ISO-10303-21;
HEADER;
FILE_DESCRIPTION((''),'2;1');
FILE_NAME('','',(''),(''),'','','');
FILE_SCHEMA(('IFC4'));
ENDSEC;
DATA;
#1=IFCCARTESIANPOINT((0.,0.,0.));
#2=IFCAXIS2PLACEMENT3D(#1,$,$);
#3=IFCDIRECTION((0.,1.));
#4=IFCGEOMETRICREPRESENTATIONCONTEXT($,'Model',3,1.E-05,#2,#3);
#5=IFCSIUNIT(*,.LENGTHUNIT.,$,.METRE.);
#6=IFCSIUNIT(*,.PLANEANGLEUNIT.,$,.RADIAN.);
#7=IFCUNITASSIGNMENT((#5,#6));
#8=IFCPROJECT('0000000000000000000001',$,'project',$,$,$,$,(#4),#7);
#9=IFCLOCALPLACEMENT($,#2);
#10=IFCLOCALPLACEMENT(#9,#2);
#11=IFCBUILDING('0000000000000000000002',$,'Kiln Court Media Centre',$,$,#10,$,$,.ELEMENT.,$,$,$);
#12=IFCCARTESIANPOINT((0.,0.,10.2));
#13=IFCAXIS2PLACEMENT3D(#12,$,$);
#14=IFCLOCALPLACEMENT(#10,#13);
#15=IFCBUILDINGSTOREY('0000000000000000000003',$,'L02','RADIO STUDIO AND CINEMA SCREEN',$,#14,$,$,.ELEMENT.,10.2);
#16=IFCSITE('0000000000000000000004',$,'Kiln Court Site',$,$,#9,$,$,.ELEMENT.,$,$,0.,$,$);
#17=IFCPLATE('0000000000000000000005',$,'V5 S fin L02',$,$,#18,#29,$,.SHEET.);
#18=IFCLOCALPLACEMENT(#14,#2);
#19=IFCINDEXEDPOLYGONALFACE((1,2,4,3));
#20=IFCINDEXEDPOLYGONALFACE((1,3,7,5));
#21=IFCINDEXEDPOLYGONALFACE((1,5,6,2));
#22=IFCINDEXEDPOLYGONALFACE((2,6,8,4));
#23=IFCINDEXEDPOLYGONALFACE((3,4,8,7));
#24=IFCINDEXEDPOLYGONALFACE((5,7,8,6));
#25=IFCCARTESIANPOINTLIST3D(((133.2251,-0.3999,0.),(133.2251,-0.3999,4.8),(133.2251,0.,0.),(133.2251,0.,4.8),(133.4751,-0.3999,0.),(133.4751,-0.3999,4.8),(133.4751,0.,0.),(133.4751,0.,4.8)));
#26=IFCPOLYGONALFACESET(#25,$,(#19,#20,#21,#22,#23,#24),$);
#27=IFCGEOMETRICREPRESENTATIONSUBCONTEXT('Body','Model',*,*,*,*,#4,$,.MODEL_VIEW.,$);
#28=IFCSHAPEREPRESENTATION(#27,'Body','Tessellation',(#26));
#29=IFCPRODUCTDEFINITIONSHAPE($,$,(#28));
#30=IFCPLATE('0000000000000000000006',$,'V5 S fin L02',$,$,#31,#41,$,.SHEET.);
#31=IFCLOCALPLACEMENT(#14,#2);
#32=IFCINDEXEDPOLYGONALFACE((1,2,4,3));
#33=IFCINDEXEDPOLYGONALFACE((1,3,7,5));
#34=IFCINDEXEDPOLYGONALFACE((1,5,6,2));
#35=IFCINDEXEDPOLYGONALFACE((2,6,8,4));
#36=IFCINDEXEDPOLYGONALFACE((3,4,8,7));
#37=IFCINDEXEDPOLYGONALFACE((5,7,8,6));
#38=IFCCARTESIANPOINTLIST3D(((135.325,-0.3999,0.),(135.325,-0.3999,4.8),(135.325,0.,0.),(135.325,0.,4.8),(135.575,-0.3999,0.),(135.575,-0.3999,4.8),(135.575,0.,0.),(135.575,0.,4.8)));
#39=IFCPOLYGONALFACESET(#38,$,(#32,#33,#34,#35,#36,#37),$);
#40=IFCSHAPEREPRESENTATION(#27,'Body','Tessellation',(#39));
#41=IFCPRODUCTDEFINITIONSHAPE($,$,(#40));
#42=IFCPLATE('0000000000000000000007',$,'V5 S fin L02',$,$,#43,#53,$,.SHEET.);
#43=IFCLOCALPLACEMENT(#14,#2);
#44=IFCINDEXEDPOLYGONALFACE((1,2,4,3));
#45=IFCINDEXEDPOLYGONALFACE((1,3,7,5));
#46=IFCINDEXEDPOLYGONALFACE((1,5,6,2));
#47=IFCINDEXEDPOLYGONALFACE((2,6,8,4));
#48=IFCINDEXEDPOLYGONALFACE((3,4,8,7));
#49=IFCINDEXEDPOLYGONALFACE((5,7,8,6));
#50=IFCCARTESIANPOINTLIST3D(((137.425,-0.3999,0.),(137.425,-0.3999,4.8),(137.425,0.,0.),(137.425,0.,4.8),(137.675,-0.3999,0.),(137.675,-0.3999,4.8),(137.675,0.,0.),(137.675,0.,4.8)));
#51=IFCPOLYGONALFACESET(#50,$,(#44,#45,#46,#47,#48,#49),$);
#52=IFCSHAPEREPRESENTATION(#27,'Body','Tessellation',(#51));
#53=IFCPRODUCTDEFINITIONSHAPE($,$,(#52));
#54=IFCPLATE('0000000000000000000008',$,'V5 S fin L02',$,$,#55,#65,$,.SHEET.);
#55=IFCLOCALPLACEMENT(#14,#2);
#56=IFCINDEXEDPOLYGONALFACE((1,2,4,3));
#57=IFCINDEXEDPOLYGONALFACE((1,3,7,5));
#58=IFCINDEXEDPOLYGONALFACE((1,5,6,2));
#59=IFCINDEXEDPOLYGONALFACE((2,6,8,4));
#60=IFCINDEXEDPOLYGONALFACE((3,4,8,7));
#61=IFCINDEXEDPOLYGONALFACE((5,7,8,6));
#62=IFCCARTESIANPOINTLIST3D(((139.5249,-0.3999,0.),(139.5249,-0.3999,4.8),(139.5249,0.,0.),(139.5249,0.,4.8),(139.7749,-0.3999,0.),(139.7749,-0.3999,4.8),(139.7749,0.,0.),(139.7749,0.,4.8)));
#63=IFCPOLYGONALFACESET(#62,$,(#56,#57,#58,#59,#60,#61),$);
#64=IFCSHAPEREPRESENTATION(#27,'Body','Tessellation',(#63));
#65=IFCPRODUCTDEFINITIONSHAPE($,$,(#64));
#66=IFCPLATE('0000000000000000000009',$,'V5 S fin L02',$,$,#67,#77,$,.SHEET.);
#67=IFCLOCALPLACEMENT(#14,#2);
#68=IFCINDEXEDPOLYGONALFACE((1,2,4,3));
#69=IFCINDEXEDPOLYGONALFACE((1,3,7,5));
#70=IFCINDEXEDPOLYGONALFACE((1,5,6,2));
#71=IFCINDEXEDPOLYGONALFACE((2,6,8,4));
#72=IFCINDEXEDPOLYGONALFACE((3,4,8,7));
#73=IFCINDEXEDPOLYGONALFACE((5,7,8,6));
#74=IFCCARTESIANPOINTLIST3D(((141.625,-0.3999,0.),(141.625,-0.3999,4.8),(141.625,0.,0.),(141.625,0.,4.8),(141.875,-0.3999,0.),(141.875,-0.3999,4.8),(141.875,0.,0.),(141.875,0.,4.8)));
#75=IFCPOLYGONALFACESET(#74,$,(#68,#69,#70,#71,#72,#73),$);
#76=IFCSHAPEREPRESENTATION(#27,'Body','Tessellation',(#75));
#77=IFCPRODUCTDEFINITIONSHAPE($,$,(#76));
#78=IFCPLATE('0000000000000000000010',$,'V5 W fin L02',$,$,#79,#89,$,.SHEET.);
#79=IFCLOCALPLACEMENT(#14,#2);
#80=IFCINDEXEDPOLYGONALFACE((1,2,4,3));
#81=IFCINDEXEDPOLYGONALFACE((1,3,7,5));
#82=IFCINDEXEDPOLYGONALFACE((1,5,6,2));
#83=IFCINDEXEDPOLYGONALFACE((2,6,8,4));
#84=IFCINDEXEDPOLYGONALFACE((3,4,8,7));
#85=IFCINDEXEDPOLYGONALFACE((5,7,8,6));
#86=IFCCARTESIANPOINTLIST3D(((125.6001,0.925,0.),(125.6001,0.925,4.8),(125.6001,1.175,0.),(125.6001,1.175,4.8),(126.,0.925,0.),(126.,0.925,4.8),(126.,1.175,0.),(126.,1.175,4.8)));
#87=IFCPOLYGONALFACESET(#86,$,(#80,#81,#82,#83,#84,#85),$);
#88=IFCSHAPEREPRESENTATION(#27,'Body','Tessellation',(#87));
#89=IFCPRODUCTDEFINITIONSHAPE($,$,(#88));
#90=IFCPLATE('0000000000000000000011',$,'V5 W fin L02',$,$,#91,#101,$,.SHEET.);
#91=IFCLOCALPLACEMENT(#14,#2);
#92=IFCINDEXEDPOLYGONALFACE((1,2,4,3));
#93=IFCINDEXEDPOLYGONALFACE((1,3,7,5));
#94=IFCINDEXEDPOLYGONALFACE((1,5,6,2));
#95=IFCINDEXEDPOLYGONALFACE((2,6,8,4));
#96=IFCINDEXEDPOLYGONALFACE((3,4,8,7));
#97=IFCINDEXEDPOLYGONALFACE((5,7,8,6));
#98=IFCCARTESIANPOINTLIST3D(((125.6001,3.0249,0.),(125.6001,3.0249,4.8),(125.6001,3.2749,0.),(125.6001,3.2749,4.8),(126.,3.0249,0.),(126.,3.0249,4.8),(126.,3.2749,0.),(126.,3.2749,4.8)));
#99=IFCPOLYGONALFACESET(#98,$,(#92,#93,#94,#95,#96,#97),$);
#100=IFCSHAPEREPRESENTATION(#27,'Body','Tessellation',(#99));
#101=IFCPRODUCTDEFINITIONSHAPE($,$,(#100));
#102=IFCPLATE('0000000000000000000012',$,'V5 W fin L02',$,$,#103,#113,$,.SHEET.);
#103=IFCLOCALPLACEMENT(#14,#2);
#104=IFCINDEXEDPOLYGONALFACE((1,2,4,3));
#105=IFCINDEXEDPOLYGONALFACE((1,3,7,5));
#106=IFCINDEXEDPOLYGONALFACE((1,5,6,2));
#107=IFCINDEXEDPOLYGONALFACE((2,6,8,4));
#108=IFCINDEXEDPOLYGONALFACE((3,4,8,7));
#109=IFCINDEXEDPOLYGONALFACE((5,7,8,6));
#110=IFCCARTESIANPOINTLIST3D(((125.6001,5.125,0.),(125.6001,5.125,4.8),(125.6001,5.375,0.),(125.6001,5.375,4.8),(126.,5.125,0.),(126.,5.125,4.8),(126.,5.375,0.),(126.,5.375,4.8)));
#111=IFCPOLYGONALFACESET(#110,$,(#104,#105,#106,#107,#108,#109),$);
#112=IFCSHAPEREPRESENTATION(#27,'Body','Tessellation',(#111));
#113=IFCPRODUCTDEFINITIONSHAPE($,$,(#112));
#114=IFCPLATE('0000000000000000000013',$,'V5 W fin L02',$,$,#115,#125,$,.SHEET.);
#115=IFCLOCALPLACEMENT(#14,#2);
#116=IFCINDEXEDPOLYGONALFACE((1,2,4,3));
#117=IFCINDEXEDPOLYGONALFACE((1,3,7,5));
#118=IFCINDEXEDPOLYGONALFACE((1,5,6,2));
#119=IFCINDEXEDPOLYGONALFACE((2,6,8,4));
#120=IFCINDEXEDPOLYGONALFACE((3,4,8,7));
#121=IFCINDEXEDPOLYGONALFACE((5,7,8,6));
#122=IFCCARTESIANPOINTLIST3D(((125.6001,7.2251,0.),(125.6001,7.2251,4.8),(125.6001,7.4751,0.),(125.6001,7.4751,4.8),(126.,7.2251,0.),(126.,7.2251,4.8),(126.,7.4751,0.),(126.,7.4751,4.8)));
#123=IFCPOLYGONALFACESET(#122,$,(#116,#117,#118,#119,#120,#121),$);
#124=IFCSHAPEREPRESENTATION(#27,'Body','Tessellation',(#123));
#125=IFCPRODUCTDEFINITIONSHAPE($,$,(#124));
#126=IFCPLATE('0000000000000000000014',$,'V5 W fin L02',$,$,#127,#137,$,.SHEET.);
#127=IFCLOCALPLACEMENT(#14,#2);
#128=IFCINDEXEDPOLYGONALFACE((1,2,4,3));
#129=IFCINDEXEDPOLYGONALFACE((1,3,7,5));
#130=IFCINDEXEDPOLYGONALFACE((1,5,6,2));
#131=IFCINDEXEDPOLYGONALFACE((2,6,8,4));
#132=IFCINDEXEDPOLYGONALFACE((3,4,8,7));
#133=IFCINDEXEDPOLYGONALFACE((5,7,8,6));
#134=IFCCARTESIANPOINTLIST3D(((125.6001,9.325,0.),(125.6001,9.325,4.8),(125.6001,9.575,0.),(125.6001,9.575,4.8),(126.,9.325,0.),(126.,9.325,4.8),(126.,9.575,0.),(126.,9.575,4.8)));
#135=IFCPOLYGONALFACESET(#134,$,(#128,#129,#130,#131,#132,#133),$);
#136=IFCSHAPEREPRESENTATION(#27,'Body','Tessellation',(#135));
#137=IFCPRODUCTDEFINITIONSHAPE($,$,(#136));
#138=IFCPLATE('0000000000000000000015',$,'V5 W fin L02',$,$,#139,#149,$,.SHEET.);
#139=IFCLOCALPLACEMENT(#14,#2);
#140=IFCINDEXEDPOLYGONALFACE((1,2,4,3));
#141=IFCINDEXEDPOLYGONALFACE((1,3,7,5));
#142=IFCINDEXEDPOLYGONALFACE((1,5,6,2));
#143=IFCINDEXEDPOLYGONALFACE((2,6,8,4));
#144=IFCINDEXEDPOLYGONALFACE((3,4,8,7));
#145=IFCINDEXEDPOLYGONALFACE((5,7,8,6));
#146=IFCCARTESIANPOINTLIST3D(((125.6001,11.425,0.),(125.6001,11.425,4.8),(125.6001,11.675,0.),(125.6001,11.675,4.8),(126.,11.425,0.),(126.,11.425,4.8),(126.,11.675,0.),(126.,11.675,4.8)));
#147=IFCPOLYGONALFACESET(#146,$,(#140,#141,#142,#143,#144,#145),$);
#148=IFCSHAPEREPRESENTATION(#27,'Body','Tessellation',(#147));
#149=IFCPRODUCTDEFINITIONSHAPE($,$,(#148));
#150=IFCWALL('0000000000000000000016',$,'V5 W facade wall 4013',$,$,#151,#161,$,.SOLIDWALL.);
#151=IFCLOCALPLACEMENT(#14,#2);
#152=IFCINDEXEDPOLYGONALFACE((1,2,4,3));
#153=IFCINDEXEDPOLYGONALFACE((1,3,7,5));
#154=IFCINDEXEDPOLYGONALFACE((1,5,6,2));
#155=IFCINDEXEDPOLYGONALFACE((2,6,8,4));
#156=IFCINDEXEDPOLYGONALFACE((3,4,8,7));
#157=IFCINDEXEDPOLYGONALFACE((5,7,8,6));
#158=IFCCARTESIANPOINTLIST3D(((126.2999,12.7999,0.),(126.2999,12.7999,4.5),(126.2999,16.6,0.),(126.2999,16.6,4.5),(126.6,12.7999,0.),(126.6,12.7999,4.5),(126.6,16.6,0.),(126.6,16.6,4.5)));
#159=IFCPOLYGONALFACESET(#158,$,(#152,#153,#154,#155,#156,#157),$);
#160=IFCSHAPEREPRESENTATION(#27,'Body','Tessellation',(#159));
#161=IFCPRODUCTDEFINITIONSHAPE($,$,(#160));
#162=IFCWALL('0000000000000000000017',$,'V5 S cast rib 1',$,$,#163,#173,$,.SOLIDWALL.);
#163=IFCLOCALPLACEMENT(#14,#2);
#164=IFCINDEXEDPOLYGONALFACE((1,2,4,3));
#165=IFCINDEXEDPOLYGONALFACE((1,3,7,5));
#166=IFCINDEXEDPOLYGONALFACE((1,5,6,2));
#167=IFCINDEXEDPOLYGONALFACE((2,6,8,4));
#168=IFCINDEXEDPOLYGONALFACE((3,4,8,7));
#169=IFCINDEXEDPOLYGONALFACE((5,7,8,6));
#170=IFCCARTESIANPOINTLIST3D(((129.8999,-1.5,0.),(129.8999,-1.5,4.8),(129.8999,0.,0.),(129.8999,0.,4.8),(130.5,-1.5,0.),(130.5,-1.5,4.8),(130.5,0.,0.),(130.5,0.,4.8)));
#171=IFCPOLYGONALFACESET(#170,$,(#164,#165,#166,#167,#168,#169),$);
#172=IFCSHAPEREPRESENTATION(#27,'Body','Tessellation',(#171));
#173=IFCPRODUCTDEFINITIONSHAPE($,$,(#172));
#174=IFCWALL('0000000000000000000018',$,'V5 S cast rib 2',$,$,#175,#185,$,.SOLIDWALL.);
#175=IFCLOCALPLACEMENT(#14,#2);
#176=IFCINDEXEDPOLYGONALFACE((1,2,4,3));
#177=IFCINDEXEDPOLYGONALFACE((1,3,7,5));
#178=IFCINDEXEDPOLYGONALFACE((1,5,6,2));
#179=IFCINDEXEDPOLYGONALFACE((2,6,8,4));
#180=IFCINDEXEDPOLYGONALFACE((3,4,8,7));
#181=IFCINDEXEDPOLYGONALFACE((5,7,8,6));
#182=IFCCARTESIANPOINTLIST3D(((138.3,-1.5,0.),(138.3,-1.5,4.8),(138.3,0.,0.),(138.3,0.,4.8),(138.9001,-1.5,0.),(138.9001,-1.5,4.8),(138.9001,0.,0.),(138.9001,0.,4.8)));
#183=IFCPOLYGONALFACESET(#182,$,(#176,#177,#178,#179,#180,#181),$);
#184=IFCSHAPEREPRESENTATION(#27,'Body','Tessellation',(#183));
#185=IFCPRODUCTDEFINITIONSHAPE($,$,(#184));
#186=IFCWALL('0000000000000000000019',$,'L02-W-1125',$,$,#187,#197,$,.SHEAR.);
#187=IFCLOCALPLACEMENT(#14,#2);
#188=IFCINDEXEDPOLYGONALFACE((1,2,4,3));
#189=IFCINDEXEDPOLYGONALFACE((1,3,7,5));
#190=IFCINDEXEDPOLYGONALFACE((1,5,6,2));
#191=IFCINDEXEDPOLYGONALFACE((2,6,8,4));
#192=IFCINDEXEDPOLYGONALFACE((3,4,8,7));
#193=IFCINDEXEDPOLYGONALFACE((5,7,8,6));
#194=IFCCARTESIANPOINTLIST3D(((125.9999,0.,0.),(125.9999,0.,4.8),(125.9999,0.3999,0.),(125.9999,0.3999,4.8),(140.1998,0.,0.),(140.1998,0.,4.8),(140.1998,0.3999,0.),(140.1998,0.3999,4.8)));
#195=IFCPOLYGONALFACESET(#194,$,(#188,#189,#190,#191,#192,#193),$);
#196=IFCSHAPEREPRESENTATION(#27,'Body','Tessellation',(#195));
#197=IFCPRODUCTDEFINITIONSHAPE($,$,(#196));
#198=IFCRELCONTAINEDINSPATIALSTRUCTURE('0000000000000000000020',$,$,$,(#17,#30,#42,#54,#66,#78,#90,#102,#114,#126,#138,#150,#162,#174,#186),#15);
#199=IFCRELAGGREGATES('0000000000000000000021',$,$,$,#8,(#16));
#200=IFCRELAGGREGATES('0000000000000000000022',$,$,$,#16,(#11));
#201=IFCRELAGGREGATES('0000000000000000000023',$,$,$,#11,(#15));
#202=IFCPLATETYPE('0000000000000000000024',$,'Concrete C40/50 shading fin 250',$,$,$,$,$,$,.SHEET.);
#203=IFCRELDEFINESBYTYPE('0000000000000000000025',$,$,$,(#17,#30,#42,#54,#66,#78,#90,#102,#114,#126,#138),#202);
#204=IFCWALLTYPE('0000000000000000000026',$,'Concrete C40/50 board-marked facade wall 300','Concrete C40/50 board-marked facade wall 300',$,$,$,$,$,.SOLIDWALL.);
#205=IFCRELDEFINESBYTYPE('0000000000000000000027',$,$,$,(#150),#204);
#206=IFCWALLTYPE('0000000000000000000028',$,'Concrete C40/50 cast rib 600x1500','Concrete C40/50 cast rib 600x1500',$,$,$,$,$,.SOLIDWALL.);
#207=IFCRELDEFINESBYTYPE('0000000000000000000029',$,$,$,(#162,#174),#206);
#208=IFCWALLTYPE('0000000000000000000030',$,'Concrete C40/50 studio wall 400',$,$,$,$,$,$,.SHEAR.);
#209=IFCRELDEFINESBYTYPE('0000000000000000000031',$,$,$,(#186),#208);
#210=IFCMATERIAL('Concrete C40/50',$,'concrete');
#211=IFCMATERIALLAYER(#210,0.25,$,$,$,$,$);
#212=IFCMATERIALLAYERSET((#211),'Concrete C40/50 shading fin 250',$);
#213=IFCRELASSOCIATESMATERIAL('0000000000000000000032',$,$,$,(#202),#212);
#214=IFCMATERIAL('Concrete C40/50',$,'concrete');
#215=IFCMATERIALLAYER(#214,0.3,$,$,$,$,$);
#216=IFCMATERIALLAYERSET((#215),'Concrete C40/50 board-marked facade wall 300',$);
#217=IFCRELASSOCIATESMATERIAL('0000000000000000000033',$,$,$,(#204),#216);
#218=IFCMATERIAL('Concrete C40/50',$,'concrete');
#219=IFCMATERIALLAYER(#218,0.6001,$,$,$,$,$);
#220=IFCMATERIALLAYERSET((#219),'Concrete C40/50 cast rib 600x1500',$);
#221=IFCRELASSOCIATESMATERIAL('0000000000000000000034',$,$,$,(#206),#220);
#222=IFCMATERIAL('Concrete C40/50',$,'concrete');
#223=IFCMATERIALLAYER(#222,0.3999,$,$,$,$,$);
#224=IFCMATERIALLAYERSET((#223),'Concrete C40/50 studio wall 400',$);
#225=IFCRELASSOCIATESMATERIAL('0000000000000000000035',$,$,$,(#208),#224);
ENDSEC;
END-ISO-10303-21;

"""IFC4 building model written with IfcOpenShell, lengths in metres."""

from ifc_helpers import new_model, si_unit, direction, frame, frame_2d, origin, origin_2d, place, context, subcontext, project, spatial, rectangle, extrude, material, layer, layer_set, type_object, element, save


model = new_model("IFC4")

# Units and contexts
model_context = context("Model", 3, precision=1e-05, world=origin(), true_north=direction((0.0, 1.0)))
body_context = subcontext(model_context, "Body", "Model", "MODEL_VIEW")
ifc_project = project(units=[si_unit("LENGTHUNIT", "METRE"), si_unit("PLANEANGLEUNIT", "RADIAN")], contexts=[model_context])

# Site, building, storey
site_placement = place(None, origin())
site = spatial("IfcSite", under=ifc_project, at=site_placement, Name="Kiln Court Site", CompositionType="ELEMENT", RefElevation=0.0)
building_placement = place(site_placement, origin())
building = spatial("IfcBuilding", under=site, at=building_placement, Name="Kiln Court Media Centre", CompositionType="ELEMENT")
storey_placement = place(building_placement, frame((0.0, 0.0, 10.2)))
storey = spatial("IfcBuildingStorey", under=building, at=storey_placement, Name="L02", Description="RADIO STUDIO AND CINEMA SCREEN", CompositionType="ELEMENT", Elevation=10.2)

# Plates
ifc_material_1 = material(Name="Concrete C40/50", Category="concrete")
ifc_layer_1 = layer(ifc_material_1, 0.25)
ifc_layer_set_1 = layer_set([ifc_layer_1], Name="Concrete C40/50 shading fin 250")
plate_type = type_object("IfcPlateType", Name="Concrete C40/50 shading fin 250", PredefinedType="SHEET", material=ifc_layer_set_1)
for number, where, z_axis, x_axis, name in (
    (1, (133.3501, -0.2, 0.0), (0.0, 0.0, 1.0), (1.0, 0.0, 0.0), "V5 S fin L02"),
    (2, (135.45, -0.2, 0.0), (0.0, 0.0, 1.0), (1.0, 0.0, 0.0), "V5 S fin L02"),
    (3, (137.55, -0.2, 0.0), (0.0, 0.0, 1.0), (1.0, 0.0, 0.0), "V5 S fin L02"),
    (4, (139.6499, -0.2, 0.0), (0.0, 0.0, 1.0), (1.0, 0.0, 0.0), "V5 S fin L02"),
    (5, (141.75, -0.2, 0.0), (0.0, 0.0, 1.0), (1.0, 0.0, 0.0), "V5 S fin L02"),
):
    element("IfcPlate", number, at=place(storey_placement, frame(where, z_axis=z_axis, x_axis=x_axis)), inside=storey, type_object=plate_type, Name=name, PredefinedType="SHEET", context=body_context, shape_type="SweptSolid", body=[
        extrude(rectangle(XDim=0.25, YDim=0.3999, at=origin_2d()), origin(), (0.0, 0.0, 1.0), 4.8),
    ])
for number, where, z_axis, x_axis, name in (
    (6, (125.8, 1.05, 0.0), (0.0, 0.0, 1.0), (1.0, 0.0, 0.0), "V5 W fin L02"),
    (7, (125.8, 3.1499, 0.0), (0.0, 0.0, 1.0), (1.0, 0.0, 0.0), "V5 W fin L02"),
    (8, (125.8, 5.25, 0.0), (0.0, 0.0, 1.0), (1.0, 0.0, 0.0), "V5 W fin L02"),
    (9, (125.8, 7.3501, 0.0), (0.0, 0.0, 1.0), (1.0, 0.0, 0.0), "V5 W fin L02"),
    (10, (125.8, 9.45, 0.0), (0.0, 0.0, 1.0), (1.0, 0.0, 0.0), "V5 W fin L02"),
    (11, (125.8, 11.55, 0.0), (0.0, 0.0, 1.0), (1.0, 0.0, 0.0), "V5 W fin L02"),
):
    element("IfcPlate", number, at=place(storey_placement, frame(where, z_axis=z_axis, x_axis=x_axis)), inside=storey, type_object=plate_type, Name=name, PredefinedType="SHEET", context=body_context, shape_type="SweptSolid", body=[
        extrude(rectangle(XDim=0.3999, YDim=0.25, at=origin_2d()), origin(), (0.0, 0.0, 1.0), 4.8),
    ])

# Walls
ifc_material_2 = material(Name="Concrete C40/50", Category="concrete")
ifc_layer_2 = layer(ifc_material_2, 0.3)
ifc_layer_set_2 = layer_set([ifc_layer_2], Name="Concrete C40/50 board-marked facade wall 300")
wall_type_1 = type_object("IfcWallType", Name="Concrete C40/50 board-marked facade wall 300", Description="Concrete C40/50 board-marked facade wall 300", PredefinedType="SOLIDWALL", material=ifc_layer_set_2)
wall_1_placement = place(storey_placement, frame((126.45, 12.8, 0.0), z_axis=(0.0, 0.0, 1.0), x_axis=(0.0, 1.0, 0.0)))
element("IfcWall", 12, at=wall_1_placement, inside=storey, type_object=wall_type_1, Name="V5 W facade wall 4013", PredefinedType="SOLIDWALL", context=body_context, shape_type="SweptSolid", body=[
    extrude(rectangle(XDim=3.8, YDim=0.3, at=frame_2d((1.8999, 0.0))), origin(), (0.0, 0.0, 1.0), 4.5),
])
ifc_material_3 = material(Name="Concrete C40/50", Category="concrete")
ifc_layer_3 = layer(ifc_material_3, 0.6001)
ifc_layer_set_3 = layer_set([ifc_layer_3], Name="Concrete C40/50 cast rib 600x1500")
wall_type_2 = type_object("IfcWallType", Name="Concrete C40/50 cast rib 600x1500", Description="Concrete C40/50 cast rib 600x1500", PredefinedType="SOLIDWALL", material=ifc_layer_set_3)
for number, where, z_axis, x_axis, name in (
    (13, (130.2, 0.0, 0.0), (0.0, 0.0, 1.0), (0.0, -1.0, 0.0), "V5 S cast rib 1"),
    (14, (138.6001, 0.0, 0.0), (0.0, 0.0, 1.0), (0.0, -1.0, 0.0), "V5 S cast rib 2"),
):
    element("IfcWall", number, at=place(storey_placement, frame(where, z_axis=z_axis, x_axis=x_axis)), inside=storey, type_object=wall_type_2, Name=name, PredefinedType="SOLIDWALL", context=body_context, shape_type="SweptSolid", body=[
        extrude(rectangle(XDim=1.5, YDim=0.6001, at=frame_2d((0.75, 0.0))), origin(), (0.0, 0.0, 1.0), 4.8),
    ])
ifc_material_4 = material(Name="Concrete C40/50", Category="concrete")
ifc_layer_4 = layer(ifc_material_4, 0.3999)
ifc_layer_set_4 = layer_set([ifc_layer_4], Name="Concrete C40/50 studio wall 400")
wall_type_3 = type_object("IfcWallType", Name="Concrete C40/50 studio wall 400", PredefinedType="SHEAR", material=ifc_layer_set_4)
wall_2_placement = place(storey_placement, frame((140.2, 0.2, 0.0), z_axis=(0.0, 0.0, 1.0), x_axis=(-1.0, 0.0, 0.0)))
element("IfcWall", 15, at=wall_2_placement, inside=storey, type_object=wall_type_3, Name="L02-W-1125", PredefinedType="SHEAR", context=body_context, shape_type="SweptSolid", body=[
    extrude(rectangle(XDim=14.2, YDim=0.3999, at=frame_2d((7.1001, 0.0))), origin(), (0.0, 0.0, 1.0), 4.8),
])

save(model, "model.ifc")
